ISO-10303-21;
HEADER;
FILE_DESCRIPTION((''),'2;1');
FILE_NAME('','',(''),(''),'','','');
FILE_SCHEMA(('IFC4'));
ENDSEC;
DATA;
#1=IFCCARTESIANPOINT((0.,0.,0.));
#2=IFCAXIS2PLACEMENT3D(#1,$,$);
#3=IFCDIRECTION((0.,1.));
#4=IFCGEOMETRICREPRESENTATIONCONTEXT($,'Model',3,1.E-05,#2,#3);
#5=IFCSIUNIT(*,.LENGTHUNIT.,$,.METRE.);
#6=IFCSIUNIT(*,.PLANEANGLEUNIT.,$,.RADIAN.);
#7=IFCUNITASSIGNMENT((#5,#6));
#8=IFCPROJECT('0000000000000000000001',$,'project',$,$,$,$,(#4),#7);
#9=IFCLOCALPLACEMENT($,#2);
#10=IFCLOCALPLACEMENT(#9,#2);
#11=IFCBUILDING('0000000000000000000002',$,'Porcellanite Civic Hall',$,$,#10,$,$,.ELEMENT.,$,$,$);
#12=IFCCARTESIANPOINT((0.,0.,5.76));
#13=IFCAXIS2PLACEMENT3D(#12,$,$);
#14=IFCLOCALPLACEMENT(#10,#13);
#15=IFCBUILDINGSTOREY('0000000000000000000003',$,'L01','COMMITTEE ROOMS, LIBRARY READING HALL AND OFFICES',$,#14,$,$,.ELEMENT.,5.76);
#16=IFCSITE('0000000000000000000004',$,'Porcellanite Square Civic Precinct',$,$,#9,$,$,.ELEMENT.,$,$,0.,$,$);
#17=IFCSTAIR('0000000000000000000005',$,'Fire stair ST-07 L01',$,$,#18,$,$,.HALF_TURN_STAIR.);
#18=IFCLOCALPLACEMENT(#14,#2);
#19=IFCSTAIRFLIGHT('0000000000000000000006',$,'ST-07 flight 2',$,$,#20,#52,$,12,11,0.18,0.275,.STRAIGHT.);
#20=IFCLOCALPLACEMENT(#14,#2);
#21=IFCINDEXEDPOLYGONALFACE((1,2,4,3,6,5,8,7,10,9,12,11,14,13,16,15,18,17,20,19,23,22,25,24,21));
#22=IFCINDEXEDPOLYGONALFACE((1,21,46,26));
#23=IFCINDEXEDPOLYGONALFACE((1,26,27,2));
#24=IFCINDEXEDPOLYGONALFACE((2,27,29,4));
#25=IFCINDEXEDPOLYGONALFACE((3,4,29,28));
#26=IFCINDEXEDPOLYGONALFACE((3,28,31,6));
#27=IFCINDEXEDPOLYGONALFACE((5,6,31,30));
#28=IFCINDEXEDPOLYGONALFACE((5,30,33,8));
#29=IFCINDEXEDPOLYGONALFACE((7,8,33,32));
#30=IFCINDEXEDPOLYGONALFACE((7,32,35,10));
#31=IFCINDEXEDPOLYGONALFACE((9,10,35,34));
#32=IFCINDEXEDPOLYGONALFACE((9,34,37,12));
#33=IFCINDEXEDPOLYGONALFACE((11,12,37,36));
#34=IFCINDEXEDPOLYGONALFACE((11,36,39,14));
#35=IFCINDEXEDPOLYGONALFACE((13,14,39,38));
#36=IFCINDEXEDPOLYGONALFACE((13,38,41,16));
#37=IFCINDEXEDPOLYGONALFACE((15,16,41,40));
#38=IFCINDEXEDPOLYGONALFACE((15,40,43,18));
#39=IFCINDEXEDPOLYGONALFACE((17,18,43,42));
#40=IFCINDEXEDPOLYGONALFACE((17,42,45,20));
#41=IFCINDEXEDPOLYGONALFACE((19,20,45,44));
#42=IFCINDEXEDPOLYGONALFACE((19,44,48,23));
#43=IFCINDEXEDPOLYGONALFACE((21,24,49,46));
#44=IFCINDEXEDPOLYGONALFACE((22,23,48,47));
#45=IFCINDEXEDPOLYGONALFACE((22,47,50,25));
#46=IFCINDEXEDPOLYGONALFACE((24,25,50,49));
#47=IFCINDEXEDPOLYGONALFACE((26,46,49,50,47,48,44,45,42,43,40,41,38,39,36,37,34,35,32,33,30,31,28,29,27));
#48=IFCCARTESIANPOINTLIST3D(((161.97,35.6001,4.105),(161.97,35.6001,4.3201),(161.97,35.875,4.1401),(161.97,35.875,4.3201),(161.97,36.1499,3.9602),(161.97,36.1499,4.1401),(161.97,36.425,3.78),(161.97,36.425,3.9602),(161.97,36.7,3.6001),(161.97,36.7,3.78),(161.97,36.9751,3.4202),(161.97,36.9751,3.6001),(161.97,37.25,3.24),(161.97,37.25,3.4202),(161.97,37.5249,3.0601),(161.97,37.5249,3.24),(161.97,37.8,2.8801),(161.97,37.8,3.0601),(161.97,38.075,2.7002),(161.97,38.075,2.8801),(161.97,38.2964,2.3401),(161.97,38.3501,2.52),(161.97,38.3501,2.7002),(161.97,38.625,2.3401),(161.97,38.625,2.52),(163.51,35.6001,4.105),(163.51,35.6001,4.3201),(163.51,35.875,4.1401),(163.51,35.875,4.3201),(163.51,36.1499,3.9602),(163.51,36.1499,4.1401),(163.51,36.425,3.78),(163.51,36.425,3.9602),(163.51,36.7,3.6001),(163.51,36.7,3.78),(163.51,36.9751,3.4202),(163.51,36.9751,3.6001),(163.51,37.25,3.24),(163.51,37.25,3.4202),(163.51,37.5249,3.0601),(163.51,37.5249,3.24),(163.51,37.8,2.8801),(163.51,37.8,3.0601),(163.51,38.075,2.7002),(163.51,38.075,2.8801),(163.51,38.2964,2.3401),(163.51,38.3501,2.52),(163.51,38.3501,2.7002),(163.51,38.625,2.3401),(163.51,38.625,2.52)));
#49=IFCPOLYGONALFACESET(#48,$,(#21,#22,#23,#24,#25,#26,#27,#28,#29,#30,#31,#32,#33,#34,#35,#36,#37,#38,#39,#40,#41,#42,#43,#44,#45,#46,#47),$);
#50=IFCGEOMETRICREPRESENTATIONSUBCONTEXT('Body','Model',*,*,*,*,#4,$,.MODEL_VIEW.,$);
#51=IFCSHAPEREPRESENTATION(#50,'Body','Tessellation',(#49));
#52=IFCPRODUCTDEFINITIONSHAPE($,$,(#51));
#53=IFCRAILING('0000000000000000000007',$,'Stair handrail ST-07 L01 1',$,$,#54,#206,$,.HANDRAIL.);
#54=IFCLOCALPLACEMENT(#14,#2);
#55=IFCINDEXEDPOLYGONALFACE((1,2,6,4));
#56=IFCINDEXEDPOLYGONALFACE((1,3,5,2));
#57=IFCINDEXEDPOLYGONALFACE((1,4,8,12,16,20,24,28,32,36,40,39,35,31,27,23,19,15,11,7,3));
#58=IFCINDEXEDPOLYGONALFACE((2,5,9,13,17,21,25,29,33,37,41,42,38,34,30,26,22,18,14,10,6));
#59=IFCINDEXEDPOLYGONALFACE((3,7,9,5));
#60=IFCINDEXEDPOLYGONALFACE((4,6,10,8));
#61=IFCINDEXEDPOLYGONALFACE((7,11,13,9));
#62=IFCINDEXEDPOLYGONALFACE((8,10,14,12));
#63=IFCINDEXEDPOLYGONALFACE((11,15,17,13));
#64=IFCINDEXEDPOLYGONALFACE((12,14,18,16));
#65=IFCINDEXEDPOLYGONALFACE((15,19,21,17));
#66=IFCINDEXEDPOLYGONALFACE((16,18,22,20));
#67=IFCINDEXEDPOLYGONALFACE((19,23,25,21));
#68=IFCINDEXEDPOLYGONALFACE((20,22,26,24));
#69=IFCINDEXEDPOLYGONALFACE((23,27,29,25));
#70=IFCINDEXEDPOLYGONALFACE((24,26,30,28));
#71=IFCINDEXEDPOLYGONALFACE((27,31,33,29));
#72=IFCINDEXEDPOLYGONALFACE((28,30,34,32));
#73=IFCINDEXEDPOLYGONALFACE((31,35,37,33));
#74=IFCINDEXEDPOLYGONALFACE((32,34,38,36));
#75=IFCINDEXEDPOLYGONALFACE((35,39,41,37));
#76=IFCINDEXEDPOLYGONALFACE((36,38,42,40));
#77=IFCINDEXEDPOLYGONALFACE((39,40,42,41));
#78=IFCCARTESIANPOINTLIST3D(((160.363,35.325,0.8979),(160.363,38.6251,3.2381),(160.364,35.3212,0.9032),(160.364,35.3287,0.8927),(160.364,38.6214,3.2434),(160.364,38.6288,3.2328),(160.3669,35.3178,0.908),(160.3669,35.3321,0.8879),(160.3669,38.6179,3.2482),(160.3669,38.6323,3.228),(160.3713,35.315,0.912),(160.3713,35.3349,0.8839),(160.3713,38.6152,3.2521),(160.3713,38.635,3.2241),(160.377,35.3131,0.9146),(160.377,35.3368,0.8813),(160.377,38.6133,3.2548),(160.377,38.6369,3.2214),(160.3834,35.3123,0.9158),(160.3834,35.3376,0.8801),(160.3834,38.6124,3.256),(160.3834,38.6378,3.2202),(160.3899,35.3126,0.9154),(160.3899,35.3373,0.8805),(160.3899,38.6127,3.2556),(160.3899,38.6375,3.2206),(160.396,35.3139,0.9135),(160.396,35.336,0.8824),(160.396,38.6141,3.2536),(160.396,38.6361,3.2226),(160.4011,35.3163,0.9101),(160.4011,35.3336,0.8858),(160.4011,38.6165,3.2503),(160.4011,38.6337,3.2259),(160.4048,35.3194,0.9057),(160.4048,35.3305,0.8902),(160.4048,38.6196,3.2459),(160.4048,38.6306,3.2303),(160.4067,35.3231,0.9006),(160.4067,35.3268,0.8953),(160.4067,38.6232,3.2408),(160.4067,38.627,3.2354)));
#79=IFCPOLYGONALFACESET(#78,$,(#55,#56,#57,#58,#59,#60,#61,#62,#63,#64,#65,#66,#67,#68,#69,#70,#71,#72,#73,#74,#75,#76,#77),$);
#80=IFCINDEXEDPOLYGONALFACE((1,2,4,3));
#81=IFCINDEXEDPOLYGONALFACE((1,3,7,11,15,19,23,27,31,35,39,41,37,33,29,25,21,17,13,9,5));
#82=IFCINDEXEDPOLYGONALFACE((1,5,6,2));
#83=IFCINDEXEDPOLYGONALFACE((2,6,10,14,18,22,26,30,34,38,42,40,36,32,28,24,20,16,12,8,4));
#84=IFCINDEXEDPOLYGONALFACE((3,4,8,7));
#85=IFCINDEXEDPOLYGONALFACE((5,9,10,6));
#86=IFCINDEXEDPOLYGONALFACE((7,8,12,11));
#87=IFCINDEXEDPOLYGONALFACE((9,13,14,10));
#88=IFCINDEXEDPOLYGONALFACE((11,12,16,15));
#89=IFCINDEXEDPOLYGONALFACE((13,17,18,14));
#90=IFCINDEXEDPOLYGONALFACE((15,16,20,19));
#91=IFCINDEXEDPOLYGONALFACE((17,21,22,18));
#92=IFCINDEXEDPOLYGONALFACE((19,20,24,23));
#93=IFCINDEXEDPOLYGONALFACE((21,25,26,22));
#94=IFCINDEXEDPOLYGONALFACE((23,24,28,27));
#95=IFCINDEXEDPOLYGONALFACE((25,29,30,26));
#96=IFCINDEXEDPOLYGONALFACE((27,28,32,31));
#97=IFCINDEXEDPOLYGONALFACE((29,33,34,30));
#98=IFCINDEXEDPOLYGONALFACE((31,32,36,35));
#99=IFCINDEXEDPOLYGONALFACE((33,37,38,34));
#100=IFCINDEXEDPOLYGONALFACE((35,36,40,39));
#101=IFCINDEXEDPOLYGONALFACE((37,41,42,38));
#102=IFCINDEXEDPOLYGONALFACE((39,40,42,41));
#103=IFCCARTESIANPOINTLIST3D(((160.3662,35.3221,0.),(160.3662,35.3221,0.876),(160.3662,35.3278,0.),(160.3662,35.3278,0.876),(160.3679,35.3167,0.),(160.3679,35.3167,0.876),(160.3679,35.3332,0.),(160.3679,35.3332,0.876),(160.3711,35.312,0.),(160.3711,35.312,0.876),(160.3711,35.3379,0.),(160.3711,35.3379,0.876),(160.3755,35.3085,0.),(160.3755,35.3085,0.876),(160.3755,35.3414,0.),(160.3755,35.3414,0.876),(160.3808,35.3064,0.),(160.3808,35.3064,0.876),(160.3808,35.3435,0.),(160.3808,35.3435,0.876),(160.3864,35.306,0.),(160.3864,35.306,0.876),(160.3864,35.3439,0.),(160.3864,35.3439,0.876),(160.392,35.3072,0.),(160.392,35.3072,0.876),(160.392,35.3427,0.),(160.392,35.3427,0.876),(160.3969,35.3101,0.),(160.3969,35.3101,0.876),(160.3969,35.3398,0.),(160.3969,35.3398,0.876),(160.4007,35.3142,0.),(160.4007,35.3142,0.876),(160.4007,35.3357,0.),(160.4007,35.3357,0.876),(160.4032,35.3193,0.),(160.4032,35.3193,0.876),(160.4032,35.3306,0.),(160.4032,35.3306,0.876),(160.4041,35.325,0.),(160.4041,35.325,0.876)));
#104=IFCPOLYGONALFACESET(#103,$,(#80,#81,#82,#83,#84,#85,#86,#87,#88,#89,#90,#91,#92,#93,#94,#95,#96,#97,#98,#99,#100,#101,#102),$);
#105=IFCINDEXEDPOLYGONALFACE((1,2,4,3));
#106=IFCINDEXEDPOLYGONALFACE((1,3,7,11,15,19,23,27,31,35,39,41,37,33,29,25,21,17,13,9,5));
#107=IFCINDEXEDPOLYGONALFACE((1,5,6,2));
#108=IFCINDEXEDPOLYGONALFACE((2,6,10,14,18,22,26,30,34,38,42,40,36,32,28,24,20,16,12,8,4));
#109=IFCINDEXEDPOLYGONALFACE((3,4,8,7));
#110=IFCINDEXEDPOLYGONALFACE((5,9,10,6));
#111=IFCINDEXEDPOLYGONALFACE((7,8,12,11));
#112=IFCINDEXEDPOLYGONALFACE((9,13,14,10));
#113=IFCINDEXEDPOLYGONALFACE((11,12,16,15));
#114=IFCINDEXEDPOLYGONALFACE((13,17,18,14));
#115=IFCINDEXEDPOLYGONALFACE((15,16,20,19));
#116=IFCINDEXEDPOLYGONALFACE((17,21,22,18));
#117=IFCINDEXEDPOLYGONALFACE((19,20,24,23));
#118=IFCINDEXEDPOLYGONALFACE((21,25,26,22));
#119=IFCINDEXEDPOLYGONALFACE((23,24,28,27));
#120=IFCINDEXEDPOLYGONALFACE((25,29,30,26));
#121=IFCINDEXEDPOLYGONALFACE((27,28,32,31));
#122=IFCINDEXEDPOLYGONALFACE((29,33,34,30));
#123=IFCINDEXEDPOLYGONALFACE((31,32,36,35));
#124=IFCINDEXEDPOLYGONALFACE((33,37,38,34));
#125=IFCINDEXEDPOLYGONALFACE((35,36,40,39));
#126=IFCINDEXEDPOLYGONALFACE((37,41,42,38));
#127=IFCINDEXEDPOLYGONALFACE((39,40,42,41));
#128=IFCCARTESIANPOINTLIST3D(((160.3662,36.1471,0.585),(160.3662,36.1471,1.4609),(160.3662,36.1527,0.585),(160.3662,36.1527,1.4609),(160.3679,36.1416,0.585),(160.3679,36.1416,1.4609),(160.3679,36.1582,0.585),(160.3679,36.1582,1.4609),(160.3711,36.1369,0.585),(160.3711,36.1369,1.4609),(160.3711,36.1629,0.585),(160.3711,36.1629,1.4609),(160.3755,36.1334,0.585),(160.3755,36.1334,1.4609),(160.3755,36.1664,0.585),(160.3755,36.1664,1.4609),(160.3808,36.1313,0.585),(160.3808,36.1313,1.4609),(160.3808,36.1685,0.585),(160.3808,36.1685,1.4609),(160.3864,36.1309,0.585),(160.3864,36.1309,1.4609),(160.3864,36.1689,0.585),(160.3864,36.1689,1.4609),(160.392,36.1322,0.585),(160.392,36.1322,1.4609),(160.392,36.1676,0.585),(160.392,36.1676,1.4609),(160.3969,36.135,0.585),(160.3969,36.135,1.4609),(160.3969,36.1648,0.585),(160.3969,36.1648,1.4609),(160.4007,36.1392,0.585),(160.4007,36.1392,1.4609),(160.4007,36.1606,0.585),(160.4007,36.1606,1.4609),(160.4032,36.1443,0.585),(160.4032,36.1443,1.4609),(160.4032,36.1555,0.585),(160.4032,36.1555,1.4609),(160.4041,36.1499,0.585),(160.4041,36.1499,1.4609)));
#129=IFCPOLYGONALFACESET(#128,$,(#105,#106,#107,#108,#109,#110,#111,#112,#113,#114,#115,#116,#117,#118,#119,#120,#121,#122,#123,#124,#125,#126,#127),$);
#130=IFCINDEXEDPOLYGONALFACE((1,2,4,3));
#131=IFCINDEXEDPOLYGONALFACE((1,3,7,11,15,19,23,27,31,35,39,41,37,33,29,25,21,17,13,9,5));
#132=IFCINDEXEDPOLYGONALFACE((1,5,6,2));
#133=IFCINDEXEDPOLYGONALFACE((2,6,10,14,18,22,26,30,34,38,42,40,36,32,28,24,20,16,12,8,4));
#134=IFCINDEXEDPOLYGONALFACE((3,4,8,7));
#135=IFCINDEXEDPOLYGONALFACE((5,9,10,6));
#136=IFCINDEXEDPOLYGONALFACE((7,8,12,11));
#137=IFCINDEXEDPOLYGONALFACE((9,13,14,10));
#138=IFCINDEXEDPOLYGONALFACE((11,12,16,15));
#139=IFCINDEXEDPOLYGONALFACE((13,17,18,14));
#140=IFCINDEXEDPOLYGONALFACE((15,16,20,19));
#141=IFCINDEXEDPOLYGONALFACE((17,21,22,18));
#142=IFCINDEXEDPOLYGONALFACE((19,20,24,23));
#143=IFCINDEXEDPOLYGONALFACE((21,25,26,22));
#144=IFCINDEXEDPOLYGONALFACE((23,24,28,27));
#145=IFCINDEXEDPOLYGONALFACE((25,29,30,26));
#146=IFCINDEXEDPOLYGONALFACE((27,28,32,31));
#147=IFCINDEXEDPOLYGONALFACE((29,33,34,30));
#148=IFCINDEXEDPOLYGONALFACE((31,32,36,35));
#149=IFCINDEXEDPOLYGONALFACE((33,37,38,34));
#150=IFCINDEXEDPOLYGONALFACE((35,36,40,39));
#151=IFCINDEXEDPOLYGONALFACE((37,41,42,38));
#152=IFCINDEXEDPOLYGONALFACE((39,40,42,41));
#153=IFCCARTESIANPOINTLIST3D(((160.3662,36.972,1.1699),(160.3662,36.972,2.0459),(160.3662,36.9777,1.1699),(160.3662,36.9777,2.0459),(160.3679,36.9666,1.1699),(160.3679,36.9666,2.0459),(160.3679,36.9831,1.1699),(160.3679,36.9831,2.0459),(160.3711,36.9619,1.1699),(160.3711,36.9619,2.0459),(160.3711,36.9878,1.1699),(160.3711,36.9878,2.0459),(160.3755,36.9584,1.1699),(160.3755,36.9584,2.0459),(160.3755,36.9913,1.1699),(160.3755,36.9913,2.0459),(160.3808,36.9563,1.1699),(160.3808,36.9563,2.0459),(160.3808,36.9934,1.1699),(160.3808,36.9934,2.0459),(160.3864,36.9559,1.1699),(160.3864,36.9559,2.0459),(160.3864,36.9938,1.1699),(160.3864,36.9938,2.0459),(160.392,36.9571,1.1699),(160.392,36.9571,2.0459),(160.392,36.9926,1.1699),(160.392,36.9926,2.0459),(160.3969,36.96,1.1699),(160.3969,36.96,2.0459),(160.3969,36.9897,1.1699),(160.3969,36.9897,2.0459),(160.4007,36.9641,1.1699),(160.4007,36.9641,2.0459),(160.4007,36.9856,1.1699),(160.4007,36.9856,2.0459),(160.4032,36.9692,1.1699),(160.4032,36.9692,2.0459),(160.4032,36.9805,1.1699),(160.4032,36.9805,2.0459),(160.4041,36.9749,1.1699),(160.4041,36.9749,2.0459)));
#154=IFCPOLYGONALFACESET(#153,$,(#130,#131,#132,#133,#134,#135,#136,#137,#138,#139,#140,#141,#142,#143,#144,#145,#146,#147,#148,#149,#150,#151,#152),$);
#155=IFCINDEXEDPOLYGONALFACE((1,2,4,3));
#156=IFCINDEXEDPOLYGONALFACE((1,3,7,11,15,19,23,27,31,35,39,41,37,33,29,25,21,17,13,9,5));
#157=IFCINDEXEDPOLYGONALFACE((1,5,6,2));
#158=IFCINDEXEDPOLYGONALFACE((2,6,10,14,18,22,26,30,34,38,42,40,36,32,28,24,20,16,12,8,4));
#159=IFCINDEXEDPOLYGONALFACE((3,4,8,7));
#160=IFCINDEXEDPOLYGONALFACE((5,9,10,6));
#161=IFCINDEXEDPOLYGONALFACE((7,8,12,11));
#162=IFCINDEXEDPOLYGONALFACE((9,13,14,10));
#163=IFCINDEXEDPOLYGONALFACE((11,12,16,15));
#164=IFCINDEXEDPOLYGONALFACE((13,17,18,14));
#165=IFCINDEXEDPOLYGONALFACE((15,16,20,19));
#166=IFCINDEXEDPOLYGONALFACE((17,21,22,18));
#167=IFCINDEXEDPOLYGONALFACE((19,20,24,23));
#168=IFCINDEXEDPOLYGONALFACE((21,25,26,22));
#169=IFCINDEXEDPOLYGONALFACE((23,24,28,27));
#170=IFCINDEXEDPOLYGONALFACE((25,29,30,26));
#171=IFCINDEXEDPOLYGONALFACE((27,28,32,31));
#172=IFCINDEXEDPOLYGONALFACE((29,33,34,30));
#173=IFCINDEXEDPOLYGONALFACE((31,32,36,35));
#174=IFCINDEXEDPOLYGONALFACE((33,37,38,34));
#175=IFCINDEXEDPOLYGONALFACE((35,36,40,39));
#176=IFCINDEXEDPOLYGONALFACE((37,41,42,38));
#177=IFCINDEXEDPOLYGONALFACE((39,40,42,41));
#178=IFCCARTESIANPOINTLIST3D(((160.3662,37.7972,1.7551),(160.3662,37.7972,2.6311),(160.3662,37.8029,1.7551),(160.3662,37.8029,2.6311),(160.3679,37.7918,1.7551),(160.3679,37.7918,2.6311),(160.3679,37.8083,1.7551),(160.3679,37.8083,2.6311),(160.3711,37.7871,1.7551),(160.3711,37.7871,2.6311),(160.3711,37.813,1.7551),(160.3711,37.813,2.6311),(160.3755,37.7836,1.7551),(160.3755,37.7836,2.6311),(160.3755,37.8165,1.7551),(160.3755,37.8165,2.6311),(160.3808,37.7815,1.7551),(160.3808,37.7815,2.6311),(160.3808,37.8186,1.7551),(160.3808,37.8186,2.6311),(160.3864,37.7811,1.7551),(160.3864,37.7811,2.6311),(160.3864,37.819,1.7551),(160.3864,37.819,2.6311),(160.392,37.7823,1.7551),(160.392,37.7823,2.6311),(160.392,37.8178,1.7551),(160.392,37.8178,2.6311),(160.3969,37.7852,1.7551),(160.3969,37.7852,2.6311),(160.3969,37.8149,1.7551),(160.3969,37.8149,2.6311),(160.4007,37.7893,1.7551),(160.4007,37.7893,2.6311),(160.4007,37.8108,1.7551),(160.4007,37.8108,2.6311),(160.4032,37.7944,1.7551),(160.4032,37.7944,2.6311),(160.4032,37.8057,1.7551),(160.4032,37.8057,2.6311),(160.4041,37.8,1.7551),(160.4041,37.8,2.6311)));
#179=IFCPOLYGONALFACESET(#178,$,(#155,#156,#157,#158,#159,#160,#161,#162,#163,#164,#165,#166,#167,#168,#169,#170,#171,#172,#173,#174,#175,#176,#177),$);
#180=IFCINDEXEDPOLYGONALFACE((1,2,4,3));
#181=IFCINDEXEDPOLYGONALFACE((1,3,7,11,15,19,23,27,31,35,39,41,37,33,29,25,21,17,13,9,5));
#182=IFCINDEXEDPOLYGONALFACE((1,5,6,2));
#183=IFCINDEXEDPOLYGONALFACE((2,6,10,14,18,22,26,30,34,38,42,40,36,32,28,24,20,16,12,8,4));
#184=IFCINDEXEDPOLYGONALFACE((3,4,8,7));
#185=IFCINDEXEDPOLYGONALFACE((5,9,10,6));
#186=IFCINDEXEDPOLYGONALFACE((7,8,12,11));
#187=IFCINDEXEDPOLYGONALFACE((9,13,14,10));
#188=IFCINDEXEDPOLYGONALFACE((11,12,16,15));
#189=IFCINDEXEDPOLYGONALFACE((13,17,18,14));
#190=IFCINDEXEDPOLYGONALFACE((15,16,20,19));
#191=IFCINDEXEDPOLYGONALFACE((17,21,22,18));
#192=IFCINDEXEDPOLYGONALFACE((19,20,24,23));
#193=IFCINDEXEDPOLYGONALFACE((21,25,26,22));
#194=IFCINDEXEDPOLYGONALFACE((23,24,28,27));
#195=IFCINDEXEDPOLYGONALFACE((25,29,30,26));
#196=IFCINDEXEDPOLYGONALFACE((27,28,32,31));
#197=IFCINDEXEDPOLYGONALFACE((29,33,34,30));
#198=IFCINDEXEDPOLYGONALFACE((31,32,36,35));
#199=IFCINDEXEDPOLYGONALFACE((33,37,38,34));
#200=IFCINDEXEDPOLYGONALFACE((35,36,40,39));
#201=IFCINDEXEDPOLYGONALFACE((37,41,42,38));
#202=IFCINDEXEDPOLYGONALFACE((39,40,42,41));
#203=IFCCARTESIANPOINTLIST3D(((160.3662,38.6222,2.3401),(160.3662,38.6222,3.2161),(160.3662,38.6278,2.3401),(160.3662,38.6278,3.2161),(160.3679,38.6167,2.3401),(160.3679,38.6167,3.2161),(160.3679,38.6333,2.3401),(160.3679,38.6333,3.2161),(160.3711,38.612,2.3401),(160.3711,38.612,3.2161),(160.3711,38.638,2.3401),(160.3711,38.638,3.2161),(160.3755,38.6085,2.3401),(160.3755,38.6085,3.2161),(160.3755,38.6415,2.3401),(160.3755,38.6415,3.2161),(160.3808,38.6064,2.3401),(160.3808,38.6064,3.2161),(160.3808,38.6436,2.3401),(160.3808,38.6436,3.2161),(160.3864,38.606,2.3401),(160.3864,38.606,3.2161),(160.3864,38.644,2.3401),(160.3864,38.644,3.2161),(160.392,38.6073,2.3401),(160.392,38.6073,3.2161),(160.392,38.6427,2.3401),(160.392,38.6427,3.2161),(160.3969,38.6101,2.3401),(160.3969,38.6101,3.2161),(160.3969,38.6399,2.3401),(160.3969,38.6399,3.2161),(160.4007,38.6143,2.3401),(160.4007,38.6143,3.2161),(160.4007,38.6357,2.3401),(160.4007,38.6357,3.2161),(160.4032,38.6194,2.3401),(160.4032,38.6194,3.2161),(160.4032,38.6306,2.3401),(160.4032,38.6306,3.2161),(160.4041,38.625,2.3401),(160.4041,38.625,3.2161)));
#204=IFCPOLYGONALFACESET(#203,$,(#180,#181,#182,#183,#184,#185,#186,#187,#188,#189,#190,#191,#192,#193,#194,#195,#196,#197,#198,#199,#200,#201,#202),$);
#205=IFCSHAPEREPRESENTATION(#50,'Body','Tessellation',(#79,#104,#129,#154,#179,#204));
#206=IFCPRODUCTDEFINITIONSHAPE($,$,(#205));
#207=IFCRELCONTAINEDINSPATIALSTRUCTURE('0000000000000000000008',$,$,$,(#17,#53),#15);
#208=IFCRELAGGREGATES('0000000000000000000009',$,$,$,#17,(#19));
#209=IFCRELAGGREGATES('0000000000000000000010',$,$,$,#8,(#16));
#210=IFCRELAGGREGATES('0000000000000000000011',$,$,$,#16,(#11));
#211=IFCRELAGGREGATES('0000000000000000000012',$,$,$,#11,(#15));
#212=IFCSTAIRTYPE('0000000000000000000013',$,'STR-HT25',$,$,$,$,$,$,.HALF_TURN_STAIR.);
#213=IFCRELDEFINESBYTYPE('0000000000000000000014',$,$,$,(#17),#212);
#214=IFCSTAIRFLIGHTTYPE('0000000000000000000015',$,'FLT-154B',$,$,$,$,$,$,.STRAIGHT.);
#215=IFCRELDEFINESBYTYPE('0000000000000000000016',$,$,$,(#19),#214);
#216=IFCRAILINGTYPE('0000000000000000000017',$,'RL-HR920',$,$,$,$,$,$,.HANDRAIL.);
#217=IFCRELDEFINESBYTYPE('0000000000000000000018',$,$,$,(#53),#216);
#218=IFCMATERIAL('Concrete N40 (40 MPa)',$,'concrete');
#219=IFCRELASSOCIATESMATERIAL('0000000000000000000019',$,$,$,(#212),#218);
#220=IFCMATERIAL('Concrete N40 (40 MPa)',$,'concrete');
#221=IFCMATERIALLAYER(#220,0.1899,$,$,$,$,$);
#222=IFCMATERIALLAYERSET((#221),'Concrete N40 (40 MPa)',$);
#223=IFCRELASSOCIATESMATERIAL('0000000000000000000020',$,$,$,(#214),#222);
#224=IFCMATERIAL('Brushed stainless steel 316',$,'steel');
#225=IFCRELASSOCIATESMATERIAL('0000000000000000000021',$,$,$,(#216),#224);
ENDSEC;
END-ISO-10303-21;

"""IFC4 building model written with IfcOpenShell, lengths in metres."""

from ifc_helpers import new_model, si_unit, direction, frame, origin, origin_2d, place, context, subcontext, project, spatial, polyline, circle, outline, extrude, material, layer, layer_set, type_object, element, aggregate, save


model = new_model("IFC4")

# Units and contexts
model_context = context("Model", 3, precision=1e-05, world=origin(), true_north=direction((0.0, 1.0)))
body_context = subcontext(model_context, "Body", "Model", "MODEL_VIEW")
ifc_project = project(units=[si_unit("LENGTHUNIT", "METRE"), si_unit("PLANEANGLEUNIT", "RADIAN")], contexts=[model_context])

# Site, building, storey
site_placement = place(None, origin())
site = spatial("IfcSite", under=ifc_project, at=site_placement, Name="Porcellanite Square Civic Precinct", CompositionType="ELEMENT", RefElevation=0.0)
building_placement = place(site_placement, origin())
building = spatial("IfcBuilding", under=site, at=building_placement, Name="Porcellanite Civic Hall", CompositionType="ELEMENT")
storey_placement = place(building_placement, frame((0.0, 0.0, 5.76)))
storey = spatial("IfcBuildingStorey", under=building, at=storey_placement, Name="L01", Description="COMMITTEE ROOMS, LIBRARY READING HALL AND OFFICES", CompositionType="ELEMENT", Elevation=5.76)

# Stair, stair flight
ifc_material_1 = material(Name="Concrete N40 (40 MPa)", Category="concrete")
stair_type = type_object("IfcStairType", Name="STR-HT25", PredefinedType="HALF_TURN_STAIR", material=ifc_material_1)
stair_placement = place(storey_placement, origin())
stair = element("IfcStair", 1, at=stair_placement, inside=storey, type_object=stair_type, Name="Fire stair ST-07 L01", PredefinedType="HALF_TURN_STAIR")
ifc_material_2 = material(Name="Concrete N40 (40 MPa)", Category="concrete")
ifc_layer_1 = layer(ifc_material_2, 0.1899)
ifc_layer_set_1 = layer_set([ifc_layer_1], Name="Concrete N40 (40 MPa)")
stair_flight_type = type_object("IfcStairFlightType", Name="FLT-154B", PredefinedType="STRAIGHT", material=ifc_layer_set_1)
stair_flight_1_placement = place(storey_placement, frame((162.74, 38.625, 2.3401), z_axis=(0.0, 0.0, 1.0), x_axis=(0.0, -1.0, 0.0)))
stair_flight_1 = element("IfcStairFlight", 2, at=stair_flight_1_placement, type_object=stair_flight_type, Name="ST-07 flight 2", NumberOfRisers=12, NumberOfTreads=11, PredefinedType="STRAIGHT", RiserHeight=0.18, TreadLength=0.275, context=body_context, shape_type="SweptSolid", body=[
    extrude(outline(polyline([(0.0, 0.0), (0.0, 0.1799), (0.2749, 0.1799), (0.2749, 0.3601), (0.55, 0.3601), (0.55, 0.54), (0.825, 0.54), (0.825, 0.72), (1.1001, 0.72), (1.1001, 0.8999), (1.375, 0.8999), (1.375, 1.0801), (1.6499, 1.0801), (1.6499, 1.26), (1.925, 1.26), (1.925, 1.4399), (2.2, 1.4399), (2.2, 1.6201), (2.4751, 1.6201), (2.4751, 1.8), (2.75, 1.8), (2.75, 1.98), (3.0249, 1.98), (3.0249, 2.1599), (3.0249, 1.7649), (0.3286, 0.0), (0.0, 0.0)])), frame((0.0, 0.77, 0.0), z_axis=(0.0, -1.0, 0.0), x_axis=(1.0, 0.0, 0.0)), (0.0, 0.0, 1.0), 1.54),
])
aggregate(stair, [stair_flight_1])

# Railing
ifc_material_3 = material(Name="Brushed stainless steel 316", Category="steel")
railing_type_1 = type_object("IfcRailingType", Name="RL-HR920", PredefinedType="HANDRAIL", material=ifc_material_3)
railing_1_placement = place(storey_placement, frame((160.385, 35.325, 0.0)))
element("IfcRailing", 3, at=railing_1_placement, inside=storey, type_object=railing_type_1, Name="Stair handrail ST-07 L01 1", PredefinedType="HANDRAIL", context=body_context, shape_type="SweptSolid", body=[
    extrude(circle(Radius=0.022, at=origin_2d()), frame((0.0, 0.0, 0.8979), z_axis=(0.0, 0.815727, 0.578438), x_axis=(-1.0, 0.0, 0.0)), (0.0, 0.0, 1.0), 4.0457),
    extrude(circle(Radius=0.019, at=origin_2d()), origin(), (0.0, 0.0, 1.0), 0.876),
    extrude(circle(Radius=0.019, at=origin_2d()), frame((0.0, 0.825, 0.585)), (0.0, 0.0, 1.0), 0.876),
    extrude(circle(Radius=0.019, at=origin_2d()), frame((0.0, 1.6499, 1.1699)), (0.0, 0.0, 1.0), 0.876),
    extrude(circle(Radius=0.019, at=origin_2d()), frame((0.0, 2.4751, 1.7551)), (0.0, 0.0, 1.0), 0.876),
    extrude(circle(Radius=0.019, at=origin_2d()), frame((0.0, 3.3, 2.3401)), (0.0, 0.0, 1.0), 0.876),
])

save(model, "model.ifc")
